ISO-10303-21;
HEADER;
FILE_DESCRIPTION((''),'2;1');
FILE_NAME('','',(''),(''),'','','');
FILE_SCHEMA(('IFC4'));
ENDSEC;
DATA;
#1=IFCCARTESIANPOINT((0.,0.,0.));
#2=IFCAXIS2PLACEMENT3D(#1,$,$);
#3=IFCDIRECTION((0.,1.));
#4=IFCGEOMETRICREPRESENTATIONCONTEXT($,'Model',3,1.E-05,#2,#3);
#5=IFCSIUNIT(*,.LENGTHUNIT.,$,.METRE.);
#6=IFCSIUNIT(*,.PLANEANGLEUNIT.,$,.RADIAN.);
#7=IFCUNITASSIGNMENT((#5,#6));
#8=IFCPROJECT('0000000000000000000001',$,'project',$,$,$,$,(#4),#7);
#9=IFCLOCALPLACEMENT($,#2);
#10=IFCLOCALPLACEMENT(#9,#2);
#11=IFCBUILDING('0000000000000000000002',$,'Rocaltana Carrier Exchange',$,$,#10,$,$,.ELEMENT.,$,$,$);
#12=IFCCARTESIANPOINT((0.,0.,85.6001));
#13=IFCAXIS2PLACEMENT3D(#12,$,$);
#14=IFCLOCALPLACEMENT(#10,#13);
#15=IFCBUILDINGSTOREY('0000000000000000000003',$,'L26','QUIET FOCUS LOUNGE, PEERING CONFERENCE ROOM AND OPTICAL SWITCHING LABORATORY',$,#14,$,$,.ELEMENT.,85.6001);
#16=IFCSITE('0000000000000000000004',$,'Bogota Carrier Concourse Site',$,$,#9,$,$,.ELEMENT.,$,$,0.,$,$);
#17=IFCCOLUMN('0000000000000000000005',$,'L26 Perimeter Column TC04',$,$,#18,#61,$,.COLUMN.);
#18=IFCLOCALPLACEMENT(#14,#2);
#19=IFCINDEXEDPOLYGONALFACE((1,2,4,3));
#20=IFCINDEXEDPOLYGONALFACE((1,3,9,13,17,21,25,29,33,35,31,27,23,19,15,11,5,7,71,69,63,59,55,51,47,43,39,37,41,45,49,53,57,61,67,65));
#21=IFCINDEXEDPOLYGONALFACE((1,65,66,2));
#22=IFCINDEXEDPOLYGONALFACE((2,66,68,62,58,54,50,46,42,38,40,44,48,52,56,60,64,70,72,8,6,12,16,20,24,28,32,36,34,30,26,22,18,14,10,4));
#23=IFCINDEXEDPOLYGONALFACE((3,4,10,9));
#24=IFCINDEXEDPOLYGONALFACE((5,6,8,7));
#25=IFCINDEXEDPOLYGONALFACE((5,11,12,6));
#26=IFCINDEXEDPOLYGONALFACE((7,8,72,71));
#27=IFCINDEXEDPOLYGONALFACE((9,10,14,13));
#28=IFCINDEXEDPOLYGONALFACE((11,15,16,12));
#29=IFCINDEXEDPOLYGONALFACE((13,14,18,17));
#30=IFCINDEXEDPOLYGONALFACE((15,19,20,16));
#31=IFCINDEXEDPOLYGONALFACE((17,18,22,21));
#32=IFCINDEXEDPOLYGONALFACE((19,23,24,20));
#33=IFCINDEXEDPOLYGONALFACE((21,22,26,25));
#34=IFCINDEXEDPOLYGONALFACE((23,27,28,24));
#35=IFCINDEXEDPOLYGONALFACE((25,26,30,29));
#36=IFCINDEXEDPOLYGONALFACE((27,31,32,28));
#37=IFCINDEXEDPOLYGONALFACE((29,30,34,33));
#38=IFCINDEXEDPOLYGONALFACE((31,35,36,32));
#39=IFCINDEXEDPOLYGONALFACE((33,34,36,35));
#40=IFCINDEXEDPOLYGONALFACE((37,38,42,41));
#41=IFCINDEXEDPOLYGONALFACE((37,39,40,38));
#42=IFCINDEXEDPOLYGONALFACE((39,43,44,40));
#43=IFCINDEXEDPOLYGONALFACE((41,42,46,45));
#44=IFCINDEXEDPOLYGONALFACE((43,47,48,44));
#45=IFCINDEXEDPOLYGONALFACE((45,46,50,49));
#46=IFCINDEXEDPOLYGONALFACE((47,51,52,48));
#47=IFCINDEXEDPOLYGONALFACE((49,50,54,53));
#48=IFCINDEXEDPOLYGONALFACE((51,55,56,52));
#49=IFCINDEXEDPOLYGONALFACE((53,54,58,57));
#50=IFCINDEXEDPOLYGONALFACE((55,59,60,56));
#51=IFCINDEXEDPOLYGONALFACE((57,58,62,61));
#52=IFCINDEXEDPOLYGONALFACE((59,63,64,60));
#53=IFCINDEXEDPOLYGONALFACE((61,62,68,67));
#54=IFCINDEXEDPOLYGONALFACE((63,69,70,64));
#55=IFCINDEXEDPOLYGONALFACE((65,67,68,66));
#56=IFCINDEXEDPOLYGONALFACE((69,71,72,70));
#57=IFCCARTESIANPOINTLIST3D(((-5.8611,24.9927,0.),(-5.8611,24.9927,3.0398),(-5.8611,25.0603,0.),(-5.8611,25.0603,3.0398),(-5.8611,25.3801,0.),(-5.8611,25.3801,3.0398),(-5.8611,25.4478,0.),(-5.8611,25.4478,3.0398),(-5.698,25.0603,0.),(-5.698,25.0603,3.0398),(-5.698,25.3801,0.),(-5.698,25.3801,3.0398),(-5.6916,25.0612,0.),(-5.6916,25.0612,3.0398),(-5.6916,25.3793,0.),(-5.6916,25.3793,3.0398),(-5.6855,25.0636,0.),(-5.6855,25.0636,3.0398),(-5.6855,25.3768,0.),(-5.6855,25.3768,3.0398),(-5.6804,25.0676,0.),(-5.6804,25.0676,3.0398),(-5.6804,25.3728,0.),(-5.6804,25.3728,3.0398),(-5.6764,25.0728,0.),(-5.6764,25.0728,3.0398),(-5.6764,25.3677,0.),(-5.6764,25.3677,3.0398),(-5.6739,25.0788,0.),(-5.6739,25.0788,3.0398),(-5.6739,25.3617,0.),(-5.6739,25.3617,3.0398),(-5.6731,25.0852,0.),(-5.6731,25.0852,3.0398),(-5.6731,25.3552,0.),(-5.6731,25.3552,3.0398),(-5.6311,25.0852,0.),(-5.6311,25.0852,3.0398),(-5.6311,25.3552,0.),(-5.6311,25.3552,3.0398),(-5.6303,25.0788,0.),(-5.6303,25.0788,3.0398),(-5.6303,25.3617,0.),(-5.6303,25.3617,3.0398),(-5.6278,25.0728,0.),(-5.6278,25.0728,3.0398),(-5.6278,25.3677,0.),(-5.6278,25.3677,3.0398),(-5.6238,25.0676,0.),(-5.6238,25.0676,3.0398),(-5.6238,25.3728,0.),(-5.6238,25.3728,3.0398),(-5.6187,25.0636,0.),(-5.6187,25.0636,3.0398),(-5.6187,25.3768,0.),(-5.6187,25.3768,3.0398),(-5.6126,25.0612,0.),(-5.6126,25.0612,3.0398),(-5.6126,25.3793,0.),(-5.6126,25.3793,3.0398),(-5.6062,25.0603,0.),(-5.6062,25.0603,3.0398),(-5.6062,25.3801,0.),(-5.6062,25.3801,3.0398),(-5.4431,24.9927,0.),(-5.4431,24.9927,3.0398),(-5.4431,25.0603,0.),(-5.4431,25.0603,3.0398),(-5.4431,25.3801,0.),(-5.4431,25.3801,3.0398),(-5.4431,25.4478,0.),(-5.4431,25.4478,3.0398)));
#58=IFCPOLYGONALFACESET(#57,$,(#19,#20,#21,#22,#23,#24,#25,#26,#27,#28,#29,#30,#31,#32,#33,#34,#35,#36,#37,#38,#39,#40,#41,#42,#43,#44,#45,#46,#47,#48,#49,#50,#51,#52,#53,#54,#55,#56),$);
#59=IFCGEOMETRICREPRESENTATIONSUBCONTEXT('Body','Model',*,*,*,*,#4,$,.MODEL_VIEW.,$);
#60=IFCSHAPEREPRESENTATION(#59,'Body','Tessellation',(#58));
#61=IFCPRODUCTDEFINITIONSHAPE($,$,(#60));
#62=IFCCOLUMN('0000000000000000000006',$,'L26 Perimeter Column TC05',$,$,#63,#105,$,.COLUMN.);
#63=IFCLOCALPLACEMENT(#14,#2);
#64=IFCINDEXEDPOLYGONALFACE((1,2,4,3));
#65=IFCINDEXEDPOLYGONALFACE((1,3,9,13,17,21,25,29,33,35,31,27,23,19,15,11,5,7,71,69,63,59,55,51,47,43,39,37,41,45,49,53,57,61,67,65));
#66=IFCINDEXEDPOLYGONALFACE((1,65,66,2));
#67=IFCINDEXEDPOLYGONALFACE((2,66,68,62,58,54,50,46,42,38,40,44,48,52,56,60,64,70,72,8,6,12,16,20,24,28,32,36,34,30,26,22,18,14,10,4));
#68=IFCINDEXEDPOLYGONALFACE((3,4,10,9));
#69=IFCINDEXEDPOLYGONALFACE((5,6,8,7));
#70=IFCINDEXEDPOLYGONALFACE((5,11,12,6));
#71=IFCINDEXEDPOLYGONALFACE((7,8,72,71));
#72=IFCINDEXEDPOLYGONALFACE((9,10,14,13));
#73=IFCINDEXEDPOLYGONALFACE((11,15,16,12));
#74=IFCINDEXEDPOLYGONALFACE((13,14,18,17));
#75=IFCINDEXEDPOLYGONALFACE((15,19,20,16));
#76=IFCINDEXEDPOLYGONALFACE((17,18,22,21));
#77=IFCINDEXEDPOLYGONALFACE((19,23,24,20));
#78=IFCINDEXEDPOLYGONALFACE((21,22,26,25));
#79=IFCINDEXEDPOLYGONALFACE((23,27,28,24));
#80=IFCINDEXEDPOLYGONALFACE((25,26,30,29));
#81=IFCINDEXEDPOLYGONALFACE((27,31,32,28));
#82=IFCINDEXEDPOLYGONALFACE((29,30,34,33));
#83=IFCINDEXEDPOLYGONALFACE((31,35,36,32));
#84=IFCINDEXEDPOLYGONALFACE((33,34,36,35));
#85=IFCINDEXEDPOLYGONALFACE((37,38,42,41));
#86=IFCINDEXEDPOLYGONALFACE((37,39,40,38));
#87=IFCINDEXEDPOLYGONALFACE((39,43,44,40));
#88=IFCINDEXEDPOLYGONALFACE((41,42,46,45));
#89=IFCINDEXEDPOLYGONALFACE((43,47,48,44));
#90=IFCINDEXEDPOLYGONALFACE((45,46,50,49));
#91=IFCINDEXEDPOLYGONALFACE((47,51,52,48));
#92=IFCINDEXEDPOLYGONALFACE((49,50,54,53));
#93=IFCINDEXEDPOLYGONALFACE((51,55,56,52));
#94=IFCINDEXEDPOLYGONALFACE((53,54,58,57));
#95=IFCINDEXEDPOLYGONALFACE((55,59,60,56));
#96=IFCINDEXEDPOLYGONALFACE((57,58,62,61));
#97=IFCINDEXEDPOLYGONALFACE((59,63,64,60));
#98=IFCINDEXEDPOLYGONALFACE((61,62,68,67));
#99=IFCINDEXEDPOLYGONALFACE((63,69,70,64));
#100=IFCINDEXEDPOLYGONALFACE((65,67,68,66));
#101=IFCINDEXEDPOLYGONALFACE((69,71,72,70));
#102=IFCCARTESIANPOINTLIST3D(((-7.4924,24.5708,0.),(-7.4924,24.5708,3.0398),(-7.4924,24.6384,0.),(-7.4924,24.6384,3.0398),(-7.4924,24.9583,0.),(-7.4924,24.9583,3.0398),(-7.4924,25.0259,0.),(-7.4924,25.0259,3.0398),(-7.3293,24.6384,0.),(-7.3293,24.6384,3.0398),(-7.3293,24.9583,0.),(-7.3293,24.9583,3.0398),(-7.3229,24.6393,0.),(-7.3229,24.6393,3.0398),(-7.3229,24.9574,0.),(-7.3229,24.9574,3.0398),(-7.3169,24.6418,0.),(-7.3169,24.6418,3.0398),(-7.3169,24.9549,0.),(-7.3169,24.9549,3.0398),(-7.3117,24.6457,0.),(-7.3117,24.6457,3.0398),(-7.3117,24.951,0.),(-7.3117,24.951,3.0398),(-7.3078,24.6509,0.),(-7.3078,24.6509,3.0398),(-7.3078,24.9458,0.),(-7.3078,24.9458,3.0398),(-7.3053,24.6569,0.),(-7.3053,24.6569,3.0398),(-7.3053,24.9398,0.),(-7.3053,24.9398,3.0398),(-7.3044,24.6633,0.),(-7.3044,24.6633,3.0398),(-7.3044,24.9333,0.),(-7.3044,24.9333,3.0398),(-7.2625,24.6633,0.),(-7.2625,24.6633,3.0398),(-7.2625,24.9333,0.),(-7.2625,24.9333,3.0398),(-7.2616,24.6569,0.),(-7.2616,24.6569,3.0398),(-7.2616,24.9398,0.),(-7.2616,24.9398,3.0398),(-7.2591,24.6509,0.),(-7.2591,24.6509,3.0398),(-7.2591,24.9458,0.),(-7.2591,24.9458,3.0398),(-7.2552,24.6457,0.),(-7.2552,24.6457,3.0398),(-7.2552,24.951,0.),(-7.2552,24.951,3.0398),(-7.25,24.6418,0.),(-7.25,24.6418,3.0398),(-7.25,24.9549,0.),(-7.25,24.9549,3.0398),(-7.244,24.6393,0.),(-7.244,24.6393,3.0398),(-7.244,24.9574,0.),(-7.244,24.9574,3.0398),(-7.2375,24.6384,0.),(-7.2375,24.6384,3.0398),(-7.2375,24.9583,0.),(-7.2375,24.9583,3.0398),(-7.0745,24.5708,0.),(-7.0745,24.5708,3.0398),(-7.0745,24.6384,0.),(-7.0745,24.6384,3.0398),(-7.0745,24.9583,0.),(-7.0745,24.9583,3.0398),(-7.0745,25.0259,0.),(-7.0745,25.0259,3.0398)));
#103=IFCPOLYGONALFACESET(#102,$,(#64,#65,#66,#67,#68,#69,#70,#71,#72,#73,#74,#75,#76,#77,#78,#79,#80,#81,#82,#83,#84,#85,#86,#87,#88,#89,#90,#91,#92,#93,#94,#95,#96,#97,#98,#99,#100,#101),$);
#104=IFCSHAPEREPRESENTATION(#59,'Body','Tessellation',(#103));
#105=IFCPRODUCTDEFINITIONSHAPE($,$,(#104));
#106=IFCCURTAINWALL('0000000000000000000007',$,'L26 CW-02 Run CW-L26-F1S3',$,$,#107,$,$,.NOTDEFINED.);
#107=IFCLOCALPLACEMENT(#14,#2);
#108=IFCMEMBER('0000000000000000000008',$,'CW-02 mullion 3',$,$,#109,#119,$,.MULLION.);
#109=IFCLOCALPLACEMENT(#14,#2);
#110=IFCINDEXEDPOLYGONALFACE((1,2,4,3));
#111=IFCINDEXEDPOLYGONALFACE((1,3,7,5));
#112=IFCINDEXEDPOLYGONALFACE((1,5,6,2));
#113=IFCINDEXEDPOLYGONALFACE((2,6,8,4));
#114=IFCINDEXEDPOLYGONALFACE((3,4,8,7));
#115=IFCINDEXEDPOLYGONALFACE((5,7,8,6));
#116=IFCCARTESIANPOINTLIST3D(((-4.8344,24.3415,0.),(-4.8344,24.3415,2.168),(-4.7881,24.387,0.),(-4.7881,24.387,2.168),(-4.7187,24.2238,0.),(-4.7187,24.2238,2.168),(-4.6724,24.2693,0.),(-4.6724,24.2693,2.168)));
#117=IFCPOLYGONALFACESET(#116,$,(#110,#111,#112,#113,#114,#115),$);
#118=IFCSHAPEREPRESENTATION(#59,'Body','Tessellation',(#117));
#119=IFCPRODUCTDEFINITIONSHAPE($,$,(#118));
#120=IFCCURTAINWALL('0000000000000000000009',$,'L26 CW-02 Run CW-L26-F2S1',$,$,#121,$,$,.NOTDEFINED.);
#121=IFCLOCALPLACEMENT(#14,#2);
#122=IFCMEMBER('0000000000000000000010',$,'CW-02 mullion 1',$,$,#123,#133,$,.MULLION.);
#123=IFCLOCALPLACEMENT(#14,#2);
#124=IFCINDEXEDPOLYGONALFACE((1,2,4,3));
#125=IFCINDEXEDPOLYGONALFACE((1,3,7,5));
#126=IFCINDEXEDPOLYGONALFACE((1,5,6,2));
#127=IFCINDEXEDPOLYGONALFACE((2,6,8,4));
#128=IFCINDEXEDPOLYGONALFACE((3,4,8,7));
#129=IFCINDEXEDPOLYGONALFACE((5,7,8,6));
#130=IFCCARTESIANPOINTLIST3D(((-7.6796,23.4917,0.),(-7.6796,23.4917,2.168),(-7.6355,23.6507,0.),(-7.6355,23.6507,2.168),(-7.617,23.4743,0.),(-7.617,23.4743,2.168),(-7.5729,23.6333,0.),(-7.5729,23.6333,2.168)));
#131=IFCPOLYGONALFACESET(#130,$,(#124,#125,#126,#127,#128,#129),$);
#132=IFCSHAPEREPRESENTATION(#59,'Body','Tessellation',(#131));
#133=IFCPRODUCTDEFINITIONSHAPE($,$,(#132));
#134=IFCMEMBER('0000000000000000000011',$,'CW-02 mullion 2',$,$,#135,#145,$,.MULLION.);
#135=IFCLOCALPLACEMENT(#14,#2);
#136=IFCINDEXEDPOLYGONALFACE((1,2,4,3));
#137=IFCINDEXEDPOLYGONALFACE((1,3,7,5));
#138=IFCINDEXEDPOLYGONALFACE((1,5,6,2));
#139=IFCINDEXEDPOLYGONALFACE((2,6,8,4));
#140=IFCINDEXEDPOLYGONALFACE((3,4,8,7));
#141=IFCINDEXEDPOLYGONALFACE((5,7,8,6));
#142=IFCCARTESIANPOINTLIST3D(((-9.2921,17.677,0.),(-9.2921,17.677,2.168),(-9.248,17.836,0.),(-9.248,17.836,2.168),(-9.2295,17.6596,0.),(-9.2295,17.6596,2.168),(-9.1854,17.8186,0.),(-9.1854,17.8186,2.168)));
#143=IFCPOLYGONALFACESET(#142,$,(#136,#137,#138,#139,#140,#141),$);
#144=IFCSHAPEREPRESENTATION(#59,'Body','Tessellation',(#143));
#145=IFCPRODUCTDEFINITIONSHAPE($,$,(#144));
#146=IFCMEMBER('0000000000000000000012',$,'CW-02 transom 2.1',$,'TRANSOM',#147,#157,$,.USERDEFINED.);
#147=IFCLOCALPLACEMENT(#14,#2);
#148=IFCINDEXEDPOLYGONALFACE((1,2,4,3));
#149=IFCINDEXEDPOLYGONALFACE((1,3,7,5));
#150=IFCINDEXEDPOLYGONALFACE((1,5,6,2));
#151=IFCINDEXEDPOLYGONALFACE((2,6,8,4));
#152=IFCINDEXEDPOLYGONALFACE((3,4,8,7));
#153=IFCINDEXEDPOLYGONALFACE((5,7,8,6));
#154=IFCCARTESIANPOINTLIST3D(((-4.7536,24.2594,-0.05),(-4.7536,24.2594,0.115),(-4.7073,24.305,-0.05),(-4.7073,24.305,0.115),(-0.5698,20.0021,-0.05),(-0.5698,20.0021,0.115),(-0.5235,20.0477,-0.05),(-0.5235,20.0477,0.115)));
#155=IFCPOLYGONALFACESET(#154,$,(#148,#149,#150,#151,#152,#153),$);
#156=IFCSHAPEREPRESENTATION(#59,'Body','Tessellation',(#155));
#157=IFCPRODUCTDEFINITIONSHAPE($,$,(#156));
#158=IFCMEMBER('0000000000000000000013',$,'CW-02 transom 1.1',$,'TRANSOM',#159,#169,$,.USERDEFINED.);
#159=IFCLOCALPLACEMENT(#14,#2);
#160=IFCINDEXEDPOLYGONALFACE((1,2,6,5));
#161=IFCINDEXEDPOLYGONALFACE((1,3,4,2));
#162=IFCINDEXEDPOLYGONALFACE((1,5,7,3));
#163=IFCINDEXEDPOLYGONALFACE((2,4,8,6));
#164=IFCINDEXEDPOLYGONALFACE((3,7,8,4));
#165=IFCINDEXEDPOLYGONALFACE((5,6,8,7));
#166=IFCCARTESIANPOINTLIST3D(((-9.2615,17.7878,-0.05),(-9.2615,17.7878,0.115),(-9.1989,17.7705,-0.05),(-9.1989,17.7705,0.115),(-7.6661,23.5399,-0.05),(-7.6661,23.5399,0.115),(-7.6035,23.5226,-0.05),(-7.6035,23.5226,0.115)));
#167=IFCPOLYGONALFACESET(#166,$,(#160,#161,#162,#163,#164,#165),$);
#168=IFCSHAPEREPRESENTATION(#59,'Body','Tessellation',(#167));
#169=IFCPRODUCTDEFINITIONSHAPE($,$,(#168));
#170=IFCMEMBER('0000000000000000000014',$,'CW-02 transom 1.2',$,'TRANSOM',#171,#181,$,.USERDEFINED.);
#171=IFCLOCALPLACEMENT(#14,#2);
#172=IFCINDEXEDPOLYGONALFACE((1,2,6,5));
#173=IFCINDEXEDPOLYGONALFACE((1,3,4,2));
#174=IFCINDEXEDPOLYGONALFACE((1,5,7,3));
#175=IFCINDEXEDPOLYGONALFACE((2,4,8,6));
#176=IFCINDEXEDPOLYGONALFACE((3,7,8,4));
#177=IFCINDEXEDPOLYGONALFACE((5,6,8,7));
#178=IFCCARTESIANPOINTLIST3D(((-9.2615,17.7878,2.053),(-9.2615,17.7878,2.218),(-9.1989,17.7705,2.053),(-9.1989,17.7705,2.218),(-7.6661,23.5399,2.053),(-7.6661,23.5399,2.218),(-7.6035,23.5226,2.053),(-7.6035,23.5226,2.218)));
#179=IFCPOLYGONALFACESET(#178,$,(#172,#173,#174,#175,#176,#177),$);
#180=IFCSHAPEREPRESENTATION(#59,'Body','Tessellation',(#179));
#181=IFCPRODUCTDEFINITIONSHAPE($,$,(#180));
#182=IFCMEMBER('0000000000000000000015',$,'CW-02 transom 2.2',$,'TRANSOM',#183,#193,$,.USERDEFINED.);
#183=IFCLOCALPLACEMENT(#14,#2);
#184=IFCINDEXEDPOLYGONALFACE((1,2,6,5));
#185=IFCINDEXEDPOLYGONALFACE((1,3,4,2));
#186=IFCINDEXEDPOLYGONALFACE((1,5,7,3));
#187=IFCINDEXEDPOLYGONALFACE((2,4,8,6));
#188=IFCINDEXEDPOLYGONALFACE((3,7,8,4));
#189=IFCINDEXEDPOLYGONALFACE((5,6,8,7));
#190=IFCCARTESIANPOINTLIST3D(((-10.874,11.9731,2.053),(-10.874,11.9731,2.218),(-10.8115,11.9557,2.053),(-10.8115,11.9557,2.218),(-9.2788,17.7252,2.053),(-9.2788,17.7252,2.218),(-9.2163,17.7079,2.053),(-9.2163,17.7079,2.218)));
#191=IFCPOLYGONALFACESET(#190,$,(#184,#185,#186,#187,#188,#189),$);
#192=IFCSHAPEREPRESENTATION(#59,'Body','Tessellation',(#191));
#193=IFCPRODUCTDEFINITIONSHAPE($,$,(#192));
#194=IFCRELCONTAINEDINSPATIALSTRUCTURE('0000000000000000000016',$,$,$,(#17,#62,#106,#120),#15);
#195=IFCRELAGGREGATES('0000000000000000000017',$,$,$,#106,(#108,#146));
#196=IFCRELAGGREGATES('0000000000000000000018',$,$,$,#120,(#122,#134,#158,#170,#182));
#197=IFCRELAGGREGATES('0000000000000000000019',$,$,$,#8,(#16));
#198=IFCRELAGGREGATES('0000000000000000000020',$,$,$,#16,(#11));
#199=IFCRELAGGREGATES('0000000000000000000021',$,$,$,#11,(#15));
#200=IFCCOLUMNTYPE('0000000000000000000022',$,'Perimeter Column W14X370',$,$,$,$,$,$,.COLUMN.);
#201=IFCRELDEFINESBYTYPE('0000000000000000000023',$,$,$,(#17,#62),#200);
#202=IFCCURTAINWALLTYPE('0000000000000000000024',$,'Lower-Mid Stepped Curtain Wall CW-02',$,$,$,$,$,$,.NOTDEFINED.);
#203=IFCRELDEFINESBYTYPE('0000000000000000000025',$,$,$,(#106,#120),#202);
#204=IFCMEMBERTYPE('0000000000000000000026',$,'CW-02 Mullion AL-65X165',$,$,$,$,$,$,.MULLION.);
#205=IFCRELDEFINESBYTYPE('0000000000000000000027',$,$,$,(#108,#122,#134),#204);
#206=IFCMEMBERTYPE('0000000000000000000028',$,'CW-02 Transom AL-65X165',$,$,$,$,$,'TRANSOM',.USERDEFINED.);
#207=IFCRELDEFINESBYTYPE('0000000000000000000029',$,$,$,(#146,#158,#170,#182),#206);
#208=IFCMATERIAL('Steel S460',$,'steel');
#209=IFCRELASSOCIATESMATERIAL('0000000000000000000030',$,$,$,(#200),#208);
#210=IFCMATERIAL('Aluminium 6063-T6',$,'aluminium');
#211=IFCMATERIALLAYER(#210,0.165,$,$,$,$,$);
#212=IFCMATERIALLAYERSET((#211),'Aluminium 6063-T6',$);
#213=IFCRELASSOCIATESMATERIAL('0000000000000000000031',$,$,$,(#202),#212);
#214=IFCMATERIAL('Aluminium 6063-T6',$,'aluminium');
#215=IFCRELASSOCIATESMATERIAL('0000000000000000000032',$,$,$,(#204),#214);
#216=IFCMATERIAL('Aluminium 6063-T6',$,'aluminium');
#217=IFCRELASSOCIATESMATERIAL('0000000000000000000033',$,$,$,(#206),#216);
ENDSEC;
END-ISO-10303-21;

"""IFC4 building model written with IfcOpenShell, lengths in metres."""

from ifc_helpers import new_model, si_unit, direction, frame, origin, origin_2d, place, context, subcontext, project, spatial, rectangle, i_section, extrude, material, layer, layer_set, material_profile, profile_set, type_object, element, aggregate, save


model = new_model("IFC4")

# Units and contexts
model_context = context("Model", 3, precision=1e-05, world=origin(), true_north=direction((0.0, 1.0)))
body_context = subcontext(model_context, "Body", "Model", "MODEL_VIEW")
ifc_project = project(units=[si_unit("LENGTHUNIT", "METRE"), si_unit("PLANEANGLEUNIT", "RADIAN")], contexts=[model_context])

# Site, building, storey
site_placement = place(None, origin())
site = spatial("IfcSite", under=ifc_project, at=site_placement, Name="Bogota Carrier Concourse Site", CompositionType="ELEMENT", RefElevation=0.0)
building_placement = place(site_placement, origin())
building = spatial("IfcBuilding", under=site, at=building_placement, Name="Rocaltana Carrier Exchange", CompositionType="ELEMENT")
storey_placement = place(building_placement, frame((0.0, 0.0, 85.6001)))
storey = spatial("IfcBuildingStorey", under=building, at=storey_placement, Name="L26", Description="QUIET FOCUS LOUNGE, PEERING CONFERENCE ROOM AND OPTICAL SWITCHING LABORATORY", CompositionType="ELEMENT", Elevation=85.6001)

# Columns
ifc_material_1 = material(Name="Steel S460", Category="steel")
ifc_material_profile_1 = material_profile(ifc_material_1, i_section(OverallWidth=0.418, OverallDepth=0.4551, WebThickness=0.042, FlangeThickness=0.0676, FilletRadius=0.0249, at=origin_2d()), Name="W14X370")
ifc_profile_set_1 = profile_set([ifc_material_profile_1], Name="Steel S460")
column_type = type_object("IfcColumnType", Name="Perimeter Column W14X370", PredefinedType="COLUMN", material=ifc_profile_set_1)
for number, where, z_axis, x_axis, name in (
    (1, (-5.6521, 25.2202, 0.0), (0.0, 0.0, 1.0), (1.0, 0.0, 0.0), "L26 Perimeter Column TC04"),
    (2, (-7.2834, 24.7983, 0.0), (0.0, 0.0, 1.0), (1.0, 0.0, 0.0), "L26 Perimeter Column TC05"),
):
    element("IfcColumn", number, at=place(storey_placement, frame(where, z_axis=z_axis, x_axis=x_axis)), inside=storey, type_object=column_type, Name=name, PredefinedType="COLUMN", context=body_context, shape_type="SweptSolid", body=[
        extrude(i_section(OverallWidth=0.418, OverallDepth=0.4551, WebThickness=0.042, FlangeThickness=0.0676, FilletRadius=0.0249, at=origin_2d()), origin(), (0.0, 0.0, 1.0), 3.0398),
    ])

# Curtain wall, member
ifc_material_2 = material(Name="Aluminium 6063-T6", Category="aluminium")
ifc_layer_1 = layer(ifc_material_2, 0.165)
ifc_layer_set_1 = layer_set([ifc_layer_1], Name="Aluminium 6063-T6")
curtain_wall_type = type_object("IfcCurtainWallType", Name="Lower-Mid Stepped Curtain Wall CW-02", PredefinedType="NOTDEFINED", material=ifc_layer_set_1)
curtain_wall_1_placement = place(storey_placement, origin())
curtain_wall_1 = element("IfcCurtainWall", 3, at=curtain_wall_1_placement, inside=storey, type_object=curtain_wall_type, Name="L26 CW-02 Run CW-L26-F1S3", PredefinedType="NOTDEFINED")
ifc_material_3 = material(Name="Aluminium 6063-T6", Category="aluminium")
ifc_material_profile_2 = material_profile(ifc_material_3, rectangle(XDim=0.0649, YDim=0.165, at=origin_2d()), Name="AL-65X165")
ifc_profile_set_2 = profile_set([ifc_material_profile_2], Name="Aluminium 6063-T6")
member_type_1 = type_object("IfcMemberType", Name="CW-02 Mullion AL-65X165", PredefinedType="MULLION", material=ifc_profile_set_2)
member_1_placement = place(storey_placement, frame((-4.7534, 24.3054, 0.0), z_axis=(0.0, 0.0, 1.0), x_axis=(-0.713245, -0.700915, 0.0)))
member_1 = element("IfcMember", 4, at=member_1_placement, type_object=member_type_1, Name="CW-02 mullion 3", PredefinedType="MULLION", context=body_context, shape_type="SweptSolid", body=[
    extrude(rectangle(XDim=0.0649, YDim=0.165, at=origin_2d()), origin(), (0.0, 0.0, 1.0), 2.168),
])

# Curtain wall, members
curtain_wall_2_placement = place(storey_placement, origin())
curtain_wall_2 = element("IfcCurtainWall", 5, at=curtain_wall_2_placement, inside=storey, type_object=curtain_wall_type, Name="L26 CW-02 Run CW-L26-F2S1", PredefinedType="NOTDEFINED")
member_2_placement = place(storey_placement, frame((-7.6262, 23.5625, 0.0), z_axis=(0.0, 0.0, 1.0), x_axis=(0.963628, -0.267246, 0.0)))
member_2 = element("IfcMember", 6, at=member_2_placement, type_object=member_type_1, Name="CW-02 mullion 1", PredefinedType="MULLION", context=body_context, shape_type="SweptSolid", body=[
    extrude(rectangle(XDim=0.0649, YDim=0.165, at=origin_2d()), origin(), (0.0, 0.0, 1.0), 2.168),
])
member_3_placement = place(storey_placement, frame((-9.2388, 17.7478, 0.0), z_axis=(0.0, 0.0, 1.0), x_axis=(0.963628, -0.267246, 0.0)))
member_3 = element("IfcMember", 7, at=member_3_placement, type_object=member_type_1, Name="CW-02 mullion 2", PredefinedType="MULLION", context=body_context, shape_type="SweptSolid", body=[
    extrude(rectangle(XDim=0.0649, YDim=0.165, at=origin_2d()), origin(), (0.0, 0.0, 1.0), 2.168),
])

# Members
ifc_material_4 = material(Name="Aluminium 6063-T6", Category="aluminium")
ifc_material_profile_3 = material_profile(ifc_material_4, rectangle(XDim=0.0649, YDim=0.165, at=origin_2d()), Name="AL-65X165")
ifc_profile_set_3 = profile_set([ifc_material_profile_3], Name="Aluminium 6063-T6")
member_type_2 = type_object("IfcMemberType", Name="CW-02 Transom AL-65X165", ElementType="TRANSOM", PredefinedType="USERDEFINED", material=ifc_profile_set_3)
member_4_placement = place(storey_placement, frame((-0.5466, 20.0249, 0.0325), z_axis=(-0.700924, 0.713236, 0.0), x_axis=(-0.713236, -0.700924, 0.0)))
member_4 = element("IfcMember", 8, at=member_4_placement, type_object=member_type_2, Name="CW-02 transom 2.1", ObjectType="TRANSOM", PredefinedType="USERDEFINED", context=body_context, shape_type="SweptSolid", body=[
    extrude(rectangle(XDim=0.0649, YDim=0.165, at=origin_2d()), origin(), (0.0, 0.0, 1.0), 5.969),
])
member_5_placement = place(storey_placement, frame((-7.6348, 23.5312, 0.0325), z_axis=(-0.267275, -0.96362, 0.0), x_axis=(0.96362, -0.267275, 0.0)))
member_5 = element("IfcMember", 9, at=member_5_placement, type_object=member_type_2, Name="CW-02 transom 1.1", ObjectType="TRANSOM", PredefinedType="USERDEFINED", context=body_context, shape_type="SweptSolid", body=[
    extrude(rectangle(XDim=0.0649, YDim=0.165, at=origin_2d()), origin(), (0.0, 0.0, 1.0), 5.9692),
])
member_6_placement = place(storey_placement, frame((-7.6348, 23.5312, 2.1355), z_axis=(-0.267275, -0.96362, 0.0), x_axis=(0.96362, -0.267275, 0.0)))
member_6 = element("IfcMember", 10, at=member_6_placement, type_object=member_type_2, Name="CW-02 transom 1.2", ObjectType="TRANSOM", PredefinedType="USERDEFINED", context=body_context, shape_type="SweptSolid", body=[
    extrude(rectangle(XDim=0.0649, YDim=0.165, at=origin_2d()), origin(), (0.0, 0.0, 1.0), 5.9692),
])
member_7_placement = place(storey_placement, frame((-9.2476, 17.7166, 2.1355), z_axis=(-0.267237, -0.963631, 0.0), x_axis=(0.963631, -0.267237, 0.0)))
member_7 = element("IfcMember", 11, at=member_7_placement, type_object=member_type_2, Name="CW-02 transom 2.2", ObjectType="TRANSOM", PredefinedType="USERDEFINED", context=body_context, shape_type="SweptSolid", body=[
    extrude(rectangle(XDim=0.0649, YDim=0.165, at=origin_2d()), origin(), (0.0, 0.0, 1.0), 5.9692),
])

aggregate(curtain_wall_1, [member_1, member_4])
aggregate(curtain_wall_2, [member_2, member_3, member_5, member_6, member_7])

save(model, "model.ifc")
